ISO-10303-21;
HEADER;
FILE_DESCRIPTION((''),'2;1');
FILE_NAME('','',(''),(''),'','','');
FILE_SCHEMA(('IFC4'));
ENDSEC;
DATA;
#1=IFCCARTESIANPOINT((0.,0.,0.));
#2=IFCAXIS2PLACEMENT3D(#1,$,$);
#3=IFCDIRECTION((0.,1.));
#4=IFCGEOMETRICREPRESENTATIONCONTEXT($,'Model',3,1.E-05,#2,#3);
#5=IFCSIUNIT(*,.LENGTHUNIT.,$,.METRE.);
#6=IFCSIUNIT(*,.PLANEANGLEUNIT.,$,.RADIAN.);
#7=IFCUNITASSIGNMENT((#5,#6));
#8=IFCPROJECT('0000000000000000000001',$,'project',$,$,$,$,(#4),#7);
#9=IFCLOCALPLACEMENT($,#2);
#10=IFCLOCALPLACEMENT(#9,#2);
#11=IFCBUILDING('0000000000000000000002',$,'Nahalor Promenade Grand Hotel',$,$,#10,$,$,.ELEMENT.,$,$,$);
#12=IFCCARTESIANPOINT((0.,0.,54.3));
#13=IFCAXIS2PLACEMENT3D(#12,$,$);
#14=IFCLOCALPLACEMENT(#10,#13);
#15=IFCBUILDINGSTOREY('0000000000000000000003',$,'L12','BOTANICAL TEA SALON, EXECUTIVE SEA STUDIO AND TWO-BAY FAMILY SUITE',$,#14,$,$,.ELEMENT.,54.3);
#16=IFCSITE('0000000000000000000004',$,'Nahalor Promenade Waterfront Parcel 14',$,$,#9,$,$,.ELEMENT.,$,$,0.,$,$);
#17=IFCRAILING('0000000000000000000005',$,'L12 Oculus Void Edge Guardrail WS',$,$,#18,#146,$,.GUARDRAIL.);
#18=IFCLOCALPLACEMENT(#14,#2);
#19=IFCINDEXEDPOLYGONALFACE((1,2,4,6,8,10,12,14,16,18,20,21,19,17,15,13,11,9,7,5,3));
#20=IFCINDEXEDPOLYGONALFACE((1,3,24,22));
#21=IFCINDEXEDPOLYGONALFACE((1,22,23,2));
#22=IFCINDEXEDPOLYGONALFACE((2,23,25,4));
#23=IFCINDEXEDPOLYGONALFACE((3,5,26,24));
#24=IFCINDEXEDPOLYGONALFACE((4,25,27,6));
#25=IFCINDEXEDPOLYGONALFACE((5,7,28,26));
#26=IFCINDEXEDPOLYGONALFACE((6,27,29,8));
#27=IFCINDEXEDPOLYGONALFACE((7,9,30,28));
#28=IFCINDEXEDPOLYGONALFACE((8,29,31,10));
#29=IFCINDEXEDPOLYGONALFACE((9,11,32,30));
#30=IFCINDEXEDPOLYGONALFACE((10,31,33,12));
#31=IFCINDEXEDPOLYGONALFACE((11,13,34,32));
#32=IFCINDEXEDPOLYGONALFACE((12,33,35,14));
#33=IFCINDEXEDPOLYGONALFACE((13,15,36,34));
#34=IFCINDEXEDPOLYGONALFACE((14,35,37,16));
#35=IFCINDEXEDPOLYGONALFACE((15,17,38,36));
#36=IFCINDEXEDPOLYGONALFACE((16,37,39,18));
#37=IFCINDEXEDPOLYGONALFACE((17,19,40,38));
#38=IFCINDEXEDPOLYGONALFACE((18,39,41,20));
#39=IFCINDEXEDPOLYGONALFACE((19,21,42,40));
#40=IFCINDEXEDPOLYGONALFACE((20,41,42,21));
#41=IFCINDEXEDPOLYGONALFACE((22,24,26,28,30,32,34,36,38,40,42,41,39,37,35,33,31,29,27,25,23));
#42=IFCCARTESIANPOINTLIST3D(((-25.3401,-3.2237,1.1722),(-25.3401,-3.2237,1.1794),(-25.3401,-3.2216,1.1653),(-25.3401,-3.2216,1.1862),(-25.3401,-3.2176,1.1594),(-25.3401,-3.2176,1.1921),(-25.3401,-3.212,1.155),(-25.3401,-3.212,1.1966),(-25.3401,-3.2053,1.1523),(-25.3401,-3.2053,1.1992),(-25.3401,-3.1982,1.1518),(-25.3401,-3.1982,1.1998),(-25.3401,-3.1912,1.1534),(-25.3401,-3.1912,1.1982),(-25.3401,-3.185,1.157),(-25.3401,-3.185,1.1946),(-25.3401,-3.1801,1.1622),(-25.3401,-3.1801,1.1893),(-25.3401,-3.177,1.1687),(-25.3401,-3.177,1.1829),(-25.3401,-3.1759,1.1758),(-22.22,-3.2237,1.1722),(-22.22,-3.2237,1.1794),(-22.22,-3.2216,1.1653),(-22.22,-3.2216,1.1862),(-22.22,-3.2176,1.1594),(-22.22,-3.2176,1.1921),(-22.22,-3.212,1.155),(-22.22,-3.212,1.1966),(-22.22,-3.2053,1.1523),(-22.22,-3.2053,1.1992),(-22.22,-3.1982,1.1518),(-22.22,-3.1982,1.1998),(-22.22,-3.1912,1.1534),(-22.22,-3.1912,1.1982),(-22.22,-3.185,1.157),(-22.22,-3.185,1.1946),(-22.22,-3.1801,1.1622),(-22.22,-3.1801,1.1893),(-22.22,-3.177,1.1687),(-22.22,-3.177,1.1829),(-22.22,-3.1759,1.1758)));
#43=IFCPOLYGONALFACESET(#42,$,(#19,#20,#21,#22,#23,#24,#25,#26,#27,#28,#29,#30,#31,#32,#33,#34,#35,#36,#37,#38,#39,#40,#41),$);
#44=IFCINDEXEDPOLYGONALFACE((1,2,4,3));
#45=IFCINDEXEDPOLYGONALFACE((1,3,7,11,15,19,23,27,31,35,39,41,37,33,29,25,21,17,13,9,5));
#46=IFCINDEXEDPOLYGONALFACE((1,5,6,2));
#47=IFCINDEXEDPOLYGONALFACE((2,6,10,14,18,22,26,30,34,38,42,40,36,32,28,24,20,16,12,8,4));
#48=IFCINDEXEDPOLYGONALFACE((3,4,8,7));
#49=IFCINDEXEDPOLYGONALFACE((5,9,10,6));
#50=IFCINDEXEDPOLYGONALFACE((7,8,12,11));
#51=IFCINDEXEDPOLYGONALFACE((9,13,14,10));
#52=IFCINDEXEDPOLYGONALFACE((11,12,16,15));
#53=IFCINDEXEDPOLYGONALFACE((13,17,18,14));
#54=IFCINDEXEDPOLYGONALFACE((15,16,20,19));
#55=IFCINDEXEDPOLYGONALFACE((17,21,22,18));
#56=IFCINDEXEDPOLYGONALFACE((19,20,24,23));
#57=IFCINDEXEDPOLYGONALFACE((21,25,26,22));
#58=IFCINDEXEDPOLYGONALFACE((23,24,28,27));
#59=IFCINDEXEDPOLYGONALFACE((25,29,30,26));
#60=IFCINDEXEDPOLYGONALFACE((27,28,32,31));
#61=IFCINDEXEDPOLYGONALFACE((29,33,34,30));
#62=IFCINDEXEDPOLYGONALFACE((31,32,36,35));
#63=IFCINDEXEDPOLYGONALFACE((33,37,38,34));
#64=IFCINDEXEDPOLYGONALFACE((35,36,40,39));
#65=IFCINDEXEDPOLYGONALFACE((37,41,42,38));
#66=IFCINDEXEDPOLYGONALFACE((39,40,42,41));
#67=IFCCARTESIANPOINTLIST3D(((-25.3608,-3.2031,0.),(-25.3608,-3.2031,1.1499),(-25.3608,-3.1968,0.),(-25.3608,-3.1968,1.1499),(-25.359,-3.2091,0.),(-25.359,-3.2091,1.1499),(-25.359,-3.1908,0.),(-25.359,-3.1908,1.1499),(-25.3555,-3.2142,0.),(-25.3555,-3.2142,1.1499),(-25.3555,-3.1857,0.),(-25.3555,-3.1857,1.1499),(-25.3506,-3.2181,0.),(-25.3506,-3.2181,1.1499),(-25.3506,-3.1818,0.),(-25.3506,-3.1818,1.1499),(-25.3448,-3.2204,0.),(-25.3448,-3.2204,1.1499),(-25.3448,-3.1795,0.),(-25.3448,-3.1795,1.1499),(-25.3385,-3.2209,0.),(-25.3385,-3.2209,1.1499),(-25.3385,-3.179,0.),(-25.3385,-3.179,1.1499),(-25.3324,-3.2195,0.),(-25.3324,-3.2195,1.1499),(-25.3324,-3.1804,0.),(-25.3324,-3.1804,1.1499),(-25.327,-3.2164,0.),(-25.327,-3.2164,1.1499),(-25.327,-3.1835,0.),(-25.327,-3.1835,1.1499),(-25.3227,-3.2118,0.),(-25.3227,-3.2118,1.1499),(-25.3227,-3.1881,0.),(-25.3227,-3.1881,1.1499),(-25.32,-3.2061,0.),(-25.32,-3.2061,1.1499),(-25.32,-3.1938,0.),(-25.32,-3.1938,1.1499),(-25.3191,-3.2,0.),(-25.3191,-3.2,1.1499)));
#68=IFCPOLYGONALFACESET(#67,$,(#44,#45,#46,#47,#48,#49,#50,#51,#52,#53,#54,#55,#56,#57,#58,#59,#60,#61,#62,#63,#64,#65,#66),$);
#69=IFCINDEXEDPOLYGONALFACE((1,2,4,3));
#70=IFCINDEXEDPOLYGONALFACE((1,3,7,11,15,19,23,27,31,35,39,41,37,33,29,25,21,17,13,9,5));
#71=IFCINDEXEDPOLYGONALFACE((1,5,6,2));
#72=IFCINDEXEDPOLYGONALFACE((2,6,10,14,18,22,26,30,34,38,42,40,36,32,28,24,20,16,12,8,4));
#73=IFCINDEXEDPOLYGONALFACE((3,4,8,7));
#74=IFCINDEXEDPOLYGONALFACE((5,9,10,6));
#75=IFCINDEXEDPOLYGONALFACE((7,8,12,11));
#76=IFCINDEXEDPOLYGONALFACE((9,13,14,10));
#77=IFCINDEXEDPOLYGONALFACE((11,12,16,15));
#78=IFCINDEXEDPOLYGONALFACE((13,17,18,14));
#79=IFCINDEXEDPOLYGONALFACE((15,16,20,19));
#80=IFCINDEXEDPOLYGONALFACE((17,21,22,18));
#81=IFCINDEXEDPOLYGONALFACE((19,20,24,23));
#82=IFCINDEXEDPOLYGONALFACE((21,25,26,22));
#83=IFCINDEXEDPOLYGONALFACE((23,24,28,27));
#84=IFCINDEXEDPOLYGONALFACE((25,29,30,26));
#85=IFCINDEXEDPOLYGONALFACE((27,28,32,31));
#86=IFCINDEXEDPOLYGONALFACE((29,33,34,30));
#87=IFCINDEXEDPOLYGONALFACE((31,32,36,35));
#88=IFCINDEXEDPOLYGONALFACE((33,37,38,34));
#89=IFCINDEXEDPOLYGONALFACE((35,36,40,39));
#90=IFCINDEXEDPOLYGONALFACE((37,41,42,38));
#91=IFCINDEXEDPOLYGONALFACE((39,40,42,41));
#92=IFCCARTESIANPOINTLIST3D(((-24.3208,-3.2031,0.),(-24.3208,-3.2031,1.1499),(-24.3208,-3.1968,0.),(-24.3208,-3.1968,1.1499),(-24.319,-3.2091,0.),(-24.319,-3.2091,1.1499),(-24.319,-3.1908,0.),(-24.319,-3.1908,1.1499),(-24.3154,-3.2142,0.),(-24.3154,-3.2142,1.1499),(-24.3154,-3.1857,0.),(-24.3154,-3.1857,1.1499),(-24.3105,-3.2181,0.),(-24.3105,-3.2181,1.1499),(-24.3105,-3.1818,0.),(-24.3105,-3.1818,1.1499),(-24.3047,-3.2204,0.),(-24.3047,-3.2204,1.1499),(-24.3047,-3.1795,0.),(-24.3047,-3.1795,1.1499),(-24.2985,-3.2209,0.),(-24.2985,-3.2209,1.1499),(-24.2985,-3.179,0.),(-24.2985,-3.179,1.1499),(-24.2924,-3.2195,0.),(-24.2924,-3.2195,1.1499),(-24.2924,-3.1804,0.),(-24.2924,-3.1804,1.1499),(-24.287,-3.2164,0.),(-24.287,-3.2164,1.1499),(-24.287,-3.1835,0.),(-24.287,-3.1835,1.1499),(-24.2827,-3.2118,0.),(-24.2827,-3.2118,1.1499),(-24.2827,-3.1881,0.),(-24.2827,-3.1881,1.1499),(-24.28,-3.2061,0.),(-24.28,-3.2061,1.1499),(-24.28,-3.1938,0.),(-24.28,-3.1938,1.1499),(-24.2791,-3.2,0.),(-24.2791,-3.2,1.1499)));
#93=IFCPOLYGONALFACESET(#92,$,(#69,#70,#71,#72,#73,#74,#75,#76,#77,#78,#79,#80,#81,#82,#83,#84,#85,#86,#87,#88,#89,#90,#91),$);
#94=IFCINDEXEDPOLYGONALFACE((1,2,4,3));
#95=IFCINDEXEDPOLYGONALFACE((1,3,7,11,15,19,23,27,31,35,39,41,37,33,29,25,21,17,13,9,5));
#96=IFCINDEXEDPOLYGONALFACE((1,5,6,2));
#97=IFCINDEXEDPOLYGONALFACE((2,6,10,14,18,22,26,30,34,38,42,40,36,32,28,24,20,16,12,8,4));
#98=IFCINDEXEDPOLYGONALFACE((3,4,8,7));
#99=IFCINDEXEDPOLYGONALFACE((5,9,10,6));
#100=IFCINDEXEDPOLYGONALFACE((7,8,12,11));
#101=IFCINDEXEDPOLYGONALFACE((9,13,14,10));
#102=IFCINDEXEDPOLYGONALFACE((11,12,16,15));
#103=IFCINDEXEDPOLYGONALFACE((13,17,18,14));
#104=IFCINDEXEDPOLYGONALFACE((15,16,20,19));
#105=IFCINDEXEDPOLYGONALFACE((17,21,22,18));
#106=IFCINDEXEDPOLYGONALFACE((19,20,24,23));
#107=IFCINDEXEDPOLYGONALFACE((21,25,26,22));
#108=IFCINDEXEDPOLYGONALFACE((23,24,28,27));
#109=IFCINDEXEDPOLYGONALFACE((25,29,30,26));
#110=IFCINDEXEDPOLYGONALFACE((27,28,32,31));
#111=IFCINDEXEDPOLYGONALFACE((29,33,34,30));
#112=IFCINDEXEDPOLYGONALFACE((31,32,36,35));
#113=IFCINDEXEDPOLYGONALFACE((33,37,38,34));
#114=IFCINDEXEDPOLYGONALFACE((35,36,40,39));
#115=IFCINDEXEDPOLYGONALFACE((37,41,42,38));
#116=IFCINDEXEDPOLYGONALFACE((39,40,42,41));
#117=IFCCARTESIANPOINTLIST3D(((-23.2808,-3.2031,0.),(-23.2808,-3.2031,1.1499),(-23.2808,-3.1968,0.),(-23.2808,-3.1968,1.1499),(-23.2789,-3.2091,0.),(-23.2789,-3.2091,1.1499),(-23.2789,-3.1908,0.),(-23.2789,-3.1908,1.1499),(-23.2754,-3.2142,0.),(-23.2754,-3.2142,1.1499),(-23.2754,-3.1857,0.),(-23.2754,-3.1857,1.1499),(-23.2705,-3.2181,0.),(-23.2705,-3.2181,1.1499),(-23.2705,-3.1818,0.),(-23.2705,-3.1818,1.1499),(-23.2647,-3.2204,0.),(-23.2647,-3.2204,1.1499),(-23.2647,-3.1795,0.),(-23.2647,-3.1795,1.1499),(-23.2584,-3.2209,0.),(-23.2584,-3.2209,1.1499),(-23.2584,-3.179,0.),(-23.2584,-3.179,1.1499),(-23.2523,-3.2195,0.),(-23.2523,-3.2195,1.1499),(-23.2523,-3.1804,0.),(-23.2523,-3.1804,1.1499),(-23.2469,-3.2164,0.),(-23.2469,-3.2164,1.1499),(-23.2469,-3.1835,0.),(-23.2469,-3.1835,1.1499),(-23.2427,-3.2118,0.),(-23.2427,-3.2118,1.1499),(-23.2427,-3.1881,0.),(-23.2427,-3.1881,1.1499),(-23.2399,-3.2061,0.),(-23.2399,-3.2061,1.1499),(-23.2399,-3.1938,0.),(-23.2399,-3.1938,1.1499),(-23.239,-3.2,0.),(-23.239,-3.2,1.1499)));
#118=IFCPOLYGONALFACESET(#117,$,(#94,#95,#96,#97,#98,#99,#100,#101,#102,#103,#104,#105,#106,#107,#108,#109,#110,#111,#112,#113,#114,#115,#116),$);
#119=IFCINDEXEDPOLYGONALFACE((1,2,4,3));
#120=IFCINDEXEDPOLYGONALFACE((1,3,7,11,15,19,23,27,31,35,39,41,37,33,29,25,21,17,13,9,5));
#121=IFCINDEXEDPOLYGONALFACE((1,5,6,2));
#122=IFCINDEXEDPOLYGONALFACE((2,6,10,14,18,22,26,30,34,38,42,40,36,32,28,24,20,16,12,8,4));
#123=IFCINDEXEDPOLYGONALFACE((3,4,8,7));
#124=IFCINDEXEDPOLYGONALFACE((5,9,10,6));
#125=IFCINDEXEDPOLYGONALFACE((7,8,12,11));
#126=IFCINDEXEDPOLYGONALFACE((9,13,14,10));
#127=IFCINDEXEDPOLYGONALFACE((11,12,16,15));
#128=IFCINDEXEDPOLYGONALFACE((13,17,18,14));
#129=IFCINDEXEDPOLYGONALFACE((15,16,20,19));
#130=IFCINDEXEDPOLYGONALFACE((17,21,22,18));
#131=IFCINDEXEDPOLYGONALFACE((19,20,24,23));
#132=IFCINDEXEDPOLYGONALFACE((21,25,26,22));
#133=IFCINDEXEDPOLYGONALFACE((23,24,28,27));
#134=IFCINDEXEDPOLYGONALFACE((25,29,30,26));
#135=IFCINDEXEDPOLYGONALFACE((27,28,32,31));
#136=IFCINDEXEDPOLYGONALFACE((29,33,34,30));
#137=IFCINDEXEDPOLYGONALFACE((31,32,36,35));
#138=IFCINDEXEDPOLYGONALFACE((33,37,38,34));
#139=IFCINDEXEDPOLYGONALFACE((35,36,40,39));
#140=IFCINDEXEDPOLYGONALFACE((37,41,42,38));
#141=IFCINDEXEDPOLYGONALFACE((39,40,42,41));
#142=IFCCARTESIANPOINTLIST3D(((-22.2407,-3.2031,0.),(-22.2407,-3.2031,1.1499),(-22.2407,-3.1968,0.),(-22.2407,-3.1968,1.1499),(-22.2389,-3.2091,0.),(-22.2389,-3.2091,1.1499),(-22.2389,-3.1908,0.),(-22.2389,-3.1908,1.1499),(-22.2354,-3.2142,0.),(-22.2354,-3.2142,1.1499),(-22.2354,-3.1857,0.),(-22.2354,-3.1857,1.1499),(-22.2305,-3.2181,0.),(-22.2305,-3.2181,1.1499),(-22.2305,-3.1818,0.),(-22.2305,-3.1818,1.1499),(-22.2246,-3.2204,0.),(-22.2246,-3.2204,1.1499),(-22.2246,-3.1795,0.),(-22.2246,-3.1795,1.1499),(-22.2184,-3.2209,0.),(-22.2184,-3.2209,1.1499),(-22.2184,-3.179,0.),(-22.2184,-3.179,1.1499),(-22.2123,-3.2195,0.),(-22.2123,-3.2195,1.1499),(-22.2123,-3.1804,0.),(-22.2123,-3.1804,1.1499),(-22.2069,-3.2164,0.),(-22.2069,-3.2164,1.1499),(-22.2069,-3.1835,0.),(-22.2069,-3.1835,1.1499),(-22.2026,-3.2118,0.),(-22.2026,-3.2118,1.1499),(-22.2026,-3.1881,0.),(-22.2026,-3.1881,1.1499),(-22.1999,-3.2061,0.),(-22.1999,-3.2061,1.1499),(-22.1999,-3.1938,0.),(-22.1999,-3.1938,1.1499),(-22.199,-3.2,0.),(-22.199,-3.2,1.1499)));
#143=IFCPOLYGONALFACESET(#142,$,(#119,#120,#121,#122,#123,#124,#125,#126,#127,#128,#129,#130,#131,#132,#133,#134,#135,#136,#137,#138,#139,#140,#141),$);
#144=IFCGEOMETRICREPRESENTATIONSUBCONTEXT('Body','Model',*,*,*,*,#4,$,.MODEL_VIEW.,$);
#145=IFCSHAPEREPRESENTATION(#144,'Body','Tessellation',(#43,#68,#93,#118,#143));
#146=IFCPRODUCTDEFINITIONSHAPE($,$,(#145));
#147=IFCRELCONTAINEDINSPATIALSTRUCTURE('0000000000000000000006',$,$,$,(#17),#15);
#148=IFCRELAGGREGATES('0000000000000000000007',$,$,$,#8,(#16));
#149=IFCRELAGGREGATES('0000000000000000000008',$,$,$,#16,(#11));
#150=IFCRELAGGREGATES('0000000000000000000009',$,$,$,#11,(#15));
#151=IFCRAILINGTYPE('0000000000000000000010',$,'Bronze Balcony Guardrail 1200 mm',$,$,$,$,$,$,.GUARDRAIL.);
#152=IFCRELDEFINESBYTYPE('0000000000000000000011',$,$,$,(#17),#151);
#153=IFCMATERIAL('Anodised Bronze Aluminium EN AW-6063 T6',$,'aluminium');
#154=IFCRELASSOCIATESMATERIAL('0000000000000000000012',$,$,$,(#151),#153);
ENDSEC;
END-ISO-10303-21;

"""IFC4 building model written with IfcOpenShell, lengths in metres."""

from ifc_helpers import new_model, si_unit, direction, frame, origin, origin_2d, place, context, subcontext, project, spatial, circle, extrude, material, type_object, element, save


model = new_model("IFC4")

# Units and contexts
model_context = context("Model", 3, precision=1e-05, world=origin(), true_north=direction((0.0, 1.0)))
body_context = subcontext(model_context, "Body", "Model", "MODEL_VIEW")
ifc_project = project(units=[si_unit("LENGTHUNIT", "METRE"), si_unit("PLANEANGLEUNIT", "RADIAN")], contexts=[model_context])

# Site, building, storey
site_placement = place(None, origin())
site = spatial("IfcSite", under=ifc_project, at=site_placement, Name="Nahalor Promenade Waterfront Parcel 14", CompositionType="ELEMENT", RefElevation=0.0)
building_placement = place(site_placement, origin())
building = spatial("IfcBuilding", under=site, at=building_placement, Name="Nahalor Promenade Grand Hotel", CompositionType="ELEMENT")
storey_placement = place(building_placement, frame((0.0, 0.0, 54.3)))
storey = spatial("IfcBuildingStorey", under=building, at=storey_placement, Name="L12", Description="BOTANICAL TEA SALON, EXECUTIVE SEA STUDIO AND TWO-BAY FAMILY SUITE", CompositionType="ELEMENT", Elevation=54.3)

# Shared definitions
ifc_material_1 = material(Name="Anodised Bronze Aluminium EN AW-6063 T6", Category="aluminium")

# Railing
railing_type = type_object("IfcRailingType", Name="Bronze Balcony Guardrail 1200 mm", PredefinedType="GUARDRAIL", material=ifc_material_1)
for number, where, name in (
    (1, (-25.3401, -3.2, 0.0), "L12 Oculus Void Edge Guardrail WS"),
):
    element("IfcRailing", number, at=place(storey_placement, frame(where)), inside=storey, type_object=railing_type, Name=name, PredefinedType="GUARDRAIL", context=body_context, shape_type="SweptSolid", body=[
        extrude(circle(Radius=0.024, at=origin_2d()), frame((0.0, 0.0, 1.1758), z_axis=(1.0, 0.0, 0.0), x_axis=(0.0, 1.0, 0.0)), (0.0, 0.0, 1.0), 3.1201),
        extrude(circle(Radius=0.021, at=origin_2d()), origin(), (0.0, 0.0, 1.0), 1.1499),
        extrude(circle(Radius=0.021, at=origin_2d()), frame((1.04, 0.0, 0.0)), (0.0, 0.0, 1.0), 1.1499),
        extrude(circle(Radius=0.021, at=origin_2d()), frame((2.0801, 0.0, 0.0)), (0.0, 0.0, 1.0), 1.1499),
        extrude(circle(Radius=0.021, at=origin_2d()), frame((3.1201, 0.0, 0.0)), (0.0, 0.0, 1.0), 1.1499),
    ])

save(model, "model.ifc")
